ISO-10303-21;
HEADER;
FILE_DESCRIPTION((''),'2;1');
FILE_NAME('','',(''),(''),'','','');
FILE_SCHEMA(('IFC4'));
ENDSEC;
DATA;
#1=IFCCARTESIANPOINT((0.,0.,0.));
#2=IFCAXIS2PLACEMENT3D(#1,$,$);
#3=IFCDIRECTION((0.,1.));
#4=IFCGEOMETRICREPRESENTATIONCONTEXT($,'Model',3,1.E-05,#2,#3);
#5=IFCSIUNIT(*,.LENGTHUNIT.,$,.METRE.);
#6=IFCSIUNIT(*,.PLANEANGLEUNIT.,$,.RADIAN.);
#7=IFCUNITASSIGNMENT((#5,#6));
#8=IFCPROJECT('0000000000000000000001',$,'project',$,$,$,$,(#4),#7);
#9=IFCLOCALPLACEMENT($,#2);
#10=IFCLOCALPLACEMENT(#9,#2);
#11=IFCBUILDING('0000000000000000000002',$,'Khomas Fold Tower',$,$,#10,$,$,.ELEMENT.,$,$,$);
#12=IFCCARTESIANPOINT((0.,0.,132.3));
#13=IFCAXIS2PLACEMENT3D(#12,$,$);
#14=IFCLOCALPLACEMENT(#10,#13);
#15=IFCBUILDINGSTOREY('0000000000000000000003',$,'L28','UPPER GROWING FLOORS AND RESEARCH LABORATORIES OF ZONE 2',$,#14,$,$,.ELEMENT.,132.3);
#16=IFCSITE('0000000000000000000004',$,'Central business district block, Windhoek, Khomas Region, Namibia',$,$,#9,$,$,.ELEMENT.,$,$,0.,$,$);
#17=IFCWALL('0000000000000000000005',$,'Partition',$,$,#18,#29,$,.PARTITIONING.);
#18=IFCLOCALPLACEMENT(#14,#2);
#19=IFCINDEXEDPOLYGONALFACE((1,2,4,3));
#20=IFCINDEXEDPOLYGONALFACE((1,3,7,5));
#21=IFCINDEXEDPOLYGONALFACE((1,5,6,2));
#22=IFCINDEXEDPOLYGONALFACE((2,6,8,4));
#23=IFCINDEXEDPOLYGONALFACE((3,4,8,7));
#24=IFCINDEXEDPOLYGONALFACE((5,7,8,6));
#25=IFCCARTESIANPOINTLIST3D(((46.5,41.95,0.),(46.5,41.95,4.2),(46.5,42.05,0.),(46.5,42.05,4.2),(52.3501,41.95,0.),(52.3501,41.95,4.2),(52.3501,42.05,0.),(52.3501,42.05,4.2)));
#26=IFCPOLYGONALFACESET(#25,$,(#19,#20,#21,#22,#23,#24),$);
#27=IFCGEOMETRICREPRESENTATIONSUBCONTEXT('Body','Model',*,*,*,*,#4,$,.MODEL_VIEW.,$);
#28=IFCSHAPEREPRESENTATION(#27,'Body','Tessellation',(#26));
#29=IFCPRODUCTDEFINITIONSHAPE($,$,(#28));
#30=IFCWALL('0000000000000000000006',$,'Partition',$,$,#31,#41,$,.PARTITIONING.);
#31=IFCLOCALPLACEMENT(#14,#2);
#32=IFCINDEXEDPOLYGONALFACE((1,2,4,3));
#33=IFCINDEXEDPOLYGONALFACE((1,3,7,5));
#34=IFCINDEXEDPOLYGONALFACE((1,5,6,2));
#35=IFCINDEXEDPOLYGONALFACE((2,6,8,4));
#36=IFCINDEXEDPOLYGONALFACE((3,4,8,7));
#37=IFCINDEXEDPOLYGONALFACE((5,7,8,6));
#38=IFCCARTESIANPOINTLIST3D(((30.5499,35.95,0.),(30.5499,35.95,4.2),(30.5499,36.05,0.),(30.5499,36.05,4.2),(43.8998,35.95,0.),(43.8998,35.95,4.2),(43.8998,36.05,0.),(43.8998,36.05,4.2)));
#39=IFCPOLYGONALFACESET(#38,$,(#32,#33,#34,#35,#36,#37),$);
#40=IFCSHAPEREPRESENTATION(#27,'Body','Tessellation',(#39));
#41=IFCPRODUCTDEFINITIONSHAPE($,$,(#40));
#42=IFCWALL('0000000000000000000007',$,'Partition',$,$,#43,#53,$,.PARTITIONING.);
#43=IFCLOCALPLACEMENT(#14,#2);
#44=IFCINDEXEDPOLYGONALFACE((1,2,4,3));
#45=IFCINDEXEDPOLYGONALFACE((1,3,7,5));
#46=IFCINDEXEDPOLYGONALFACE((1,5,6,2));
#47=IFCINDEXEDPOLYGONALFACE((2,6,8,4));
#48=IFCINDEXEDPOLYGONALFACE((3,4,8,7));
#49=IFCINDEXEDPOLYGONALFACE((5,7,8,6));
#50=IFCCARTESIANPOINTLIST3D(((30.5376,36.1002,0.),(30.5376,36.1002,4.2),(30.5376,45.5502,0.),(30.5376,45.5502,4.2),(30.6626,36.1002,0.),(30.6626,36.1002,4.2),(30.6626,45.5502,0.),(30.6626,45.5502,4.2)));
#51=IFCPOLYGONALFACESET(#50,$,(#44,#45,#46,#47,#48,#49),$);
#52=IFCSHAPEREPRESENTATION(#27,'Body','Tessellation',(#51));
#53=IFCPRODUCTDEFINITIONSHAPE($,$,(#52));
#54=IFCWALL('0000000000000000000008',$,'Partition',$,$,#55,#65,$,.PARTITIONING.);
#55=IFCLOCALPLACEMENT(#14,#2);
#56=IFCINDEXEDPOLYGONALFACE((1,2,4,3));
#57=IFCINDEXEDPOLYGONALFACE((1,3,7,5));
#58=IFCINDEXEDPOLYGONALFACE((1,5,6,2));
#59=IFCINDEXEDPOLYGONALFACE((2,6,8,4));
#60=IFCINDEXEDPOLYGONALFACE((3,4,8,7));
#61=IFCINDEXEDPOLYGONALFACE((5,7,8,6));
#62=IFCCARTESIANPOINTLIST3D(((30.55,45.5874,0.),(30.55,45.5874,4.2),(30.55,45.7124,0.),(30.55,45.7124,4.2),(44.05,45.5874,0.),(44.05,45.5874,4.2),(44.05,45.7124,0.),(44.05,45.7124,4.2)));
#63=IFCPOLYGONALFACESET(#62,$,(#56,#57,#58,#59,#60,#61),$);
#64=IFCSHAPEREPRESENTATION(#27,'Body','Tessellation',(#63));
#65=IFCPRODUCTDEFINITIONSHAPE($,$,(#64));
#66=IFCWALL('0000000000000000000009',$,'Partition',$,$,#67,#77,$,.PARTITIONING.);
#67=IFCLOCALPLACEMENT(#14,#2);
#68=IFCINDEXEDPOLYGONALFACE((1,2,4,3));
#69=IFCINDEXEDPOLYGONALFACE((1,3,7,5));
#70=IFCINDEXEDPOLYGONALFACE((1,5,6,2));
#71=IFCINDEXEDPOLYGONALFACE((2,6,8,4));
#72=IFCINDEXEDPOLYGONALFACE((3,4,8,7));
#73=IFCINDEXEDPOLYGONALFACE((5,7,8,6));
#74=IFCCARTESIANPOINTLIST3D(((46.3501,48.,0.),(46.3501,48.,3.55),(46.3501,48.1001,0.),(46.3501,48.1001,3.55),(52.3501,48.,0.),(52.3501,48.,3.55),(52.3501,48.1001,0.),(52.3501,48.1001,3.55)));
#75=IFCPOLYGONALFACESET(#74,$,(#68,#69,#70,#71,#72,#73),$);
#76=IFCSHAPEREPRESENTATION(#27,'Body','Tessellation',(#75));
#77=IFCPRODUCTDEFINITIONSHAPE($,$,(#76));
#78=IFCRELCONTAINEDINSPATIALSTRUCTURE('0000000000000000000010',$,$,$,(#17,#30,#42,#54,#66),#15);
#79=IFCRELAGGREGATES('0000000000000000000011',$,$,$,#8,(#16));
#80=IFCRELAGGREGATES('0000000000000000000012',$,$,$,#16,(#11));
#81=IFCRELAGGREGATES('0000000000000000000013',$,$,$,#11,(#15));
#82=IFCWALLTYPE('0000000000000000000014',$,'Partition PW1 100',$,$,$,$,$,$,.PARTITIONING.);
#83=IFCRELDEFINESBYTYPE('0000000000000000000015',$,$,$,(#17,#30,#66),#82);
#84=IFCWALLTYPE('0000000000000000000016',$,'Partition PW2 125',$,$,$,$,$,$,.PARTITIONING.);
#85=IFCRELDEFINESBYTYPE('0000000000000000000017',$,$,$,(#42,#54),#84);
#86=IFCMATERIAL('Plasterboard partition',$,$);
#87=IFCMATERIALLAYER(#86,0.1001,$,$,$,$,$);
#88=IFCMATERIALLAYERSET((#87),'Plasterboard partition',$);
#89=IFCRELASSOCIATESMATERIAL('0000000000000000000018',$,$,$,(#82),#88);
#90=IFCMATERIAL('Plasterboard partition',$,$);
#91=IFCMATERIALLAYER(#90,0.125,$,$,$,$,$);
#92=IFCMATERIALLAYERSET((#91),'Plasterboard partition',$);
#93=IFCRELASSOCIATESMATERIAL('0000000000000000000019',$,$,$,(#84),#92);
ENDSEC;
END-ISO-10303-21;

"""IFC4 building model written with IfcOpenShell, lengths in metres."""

from ifc_helpers import new_model, si_unit, direction, frame, frame_2d, origin, place, context, subcontext, project, spatial, rectangle, extrude, source, transform, mapped, material, layer, layer_set, type_object, element, save


model = new_model("IFC4")

# Units and contexts
model_context = context("Model", 3, precision=1e-05, world=origin(), true_north=direction((0.0, 1.0)))
body_context = subcontext(model_context, "Body", "Model", "MODEL_VIEW")
ifc_project = project(units=[si_unit("LENGTHUNIT", "METRE"), si_unit("PLANEANGLEUNIT", "RADIAN")], contexts=[model_context])

# Site, building, storey
site_placement = place(None, origin())
site = spatial("IfcSite", under=ifc_project, at=site_placement, Name="Central business district block, Windhoek, Khomas Region, Namibia", CompositionType="ELEMENT", RefElevation=0.0)
building_placement = place(site_placement, origin())
building = spatial("IfcBuilding", under=site, at=building_placement, Name="Khomas Fold Tower", CompositionType="ELEMENT")
storey_placement = place(building_placement, frame((0.0, 0.0, 132.3)))
storey = spatial("IfcBuildingStorey", under=building, at=storey_placement, Name="L28", Description="UPPER GROWING FLOORS AND RESEARCH LABORATORIES OF ZONE 2", CompositionType="ELEMENT", Elevation=132.3)

# Walls
ifc_material_1 = material(Name="Plasterboard partition")
ifc_layer_1 = layer(ifc_material_1, 0.1001)
ifc_layer_set_1 = layer_set([ifc_layer_1], Name="Plasterboard partition")
wall_type_1 = type_object("IfcWallType", Name="Partition PW1 100", PredefinedType="PARTITIONING", material=ifc_layer_set_1)
shared_shape_1 = source(origin(), body_context, "Body", "SweptSolid", [
    extrude(rectangle(XDim=5.8501, YDim=0.1001, at=frame_2d((2.925, 0.0))), origin(), (0.0, 0.0, 1.0), 4.2),
])
wall_1_placement = place(storey_placement, frame((46.5, 42.0, 0.0), z_axis=(0.0, 0.0, 1.0), x_axis=(1.0, 0.0, 0.0)))
element("IfcWall", 1, at=wall_1_placement, inside=storey, type_object=wall_type_1, Name="Partition", PredefinedType="PARTITIONING", context=body_context, shape_type="MappedRepresentation", body=[
    mapped(shared_shape_1, transform((0.0, 0.0, 0.0))),
])
shared_shape_2 = source(origin(), body_context, "Body", "SweptSolid", [
    extrude(rectangle(XDim=13.3499, YDim=0.1001, at=frame_2d((6.6748, 0.0))), origin(), (0.0, 0.0, 1.0), 4.2),
])
wall_2_placement = place(storey_placement, frame((30.55, 36.0, 0.0), z_axis=(0.0, 0.0, 1.0), x_axis=(1.0, 0.0, 0.0)))
element("IfcWall", 2, at=wall_2_placement, inside=storey, type_object=wall_type_1, Name="Partition", PredefinedType="PARTITIONING", context=body_context, shape_type="MappedRepresentation", body=[
    mapped(shared_shape_2, transform((0.0, 0.0, 0.0))),
])
ifc_material_2 = material(Name="Plasterboard partition")
ifc_layer_2 = layer(ifc_material_2, 0.125)
ifc_layer_set_2 = layer_set([ifc_layer_2], Name="Plasterboard partition")
wall_type_2 = type_object("IfcWallType", Name="Partition PW2 125", PredefinedType="PARTITIONING", material=ifc_layer_set_2)
shared_shape_3 = source(origin(), body_context, "Body", "SweptSolid", [
    extrude(rectangle(XDim=9.45, YDim=0.125, at=frame_2d((4.7251, 0.0))), origin(), (0.0, 0.0, 1.0), 4.2),
])
wall_3_placement = place(storey_placement, frame((30.6001, 36.1001, 0.0), z_axis=(0.0, 0.0, 1.0), x_axis=(0.0, 1.0, 0.0)))
element("IfcWall", 3, at=wall_3_placement, inside=storey, type_object=wall_type_2, Name="Partition", PredefinedType="PARTITIONING", context=body_context, shape_type="MappedRepresentation", body=[
    mapped(shared_shape_3, transform((0.0, 0.0, 0.0))),
])
shared_shape_4 = source(origin(), body_context, "Body", "SweptSolid", [
    extrude(rectangle(XDim=13.5, YDim=0.125, at=frame_2d((6.75, 0.0))), origin(), (0.0, 0.0, 1.0), 4.2),
])
wall_4_placement = place(storey_placement, frame((30.55, 45.6499, 0.0), z_axis=(0.0, 0.0, 1.0), x_axis=(1.0, 0.0, 0.0)))
element("IfcWall", 4, at=wall_4_placement, inside=storey, type_object=wall_type_2, Name="Partition", PredefinedType="PARTITIONING", context=body_context, shape_type="MappedRepresentation", body=[
    mapped(shared_shape_4, transform((0.0, 0.0, 0.0))),
])
shared_shape_5 = source(origin(), body_context, "Body", "SweptSolid", [
    extrude(rectangle(XDim=6.0, YDim=0.1001, at=frame_2d((3.0, 0.0))), origin(), (0.0, 0.0, 1.0), 3.55),
])
wall_5_placement = place(storey_placement, frame((46.3501, 48.05, 0.0), z_axis=(0.0, 0.0, 1.0), x_axis=(1.0, 0.0, 0.0)))
element("IfcWall", 5, at=wall_5_placement, inside=storey, type_object=wall_type_1, Name="Partition", PredefinedType="PARTITIONING", context=body_context, shape_type="MappedRepresentation", body=[
    mapped(shared_shape_5, transform((0.0, 0.0, 0.0))),
])

save(model, "model.ifc")
